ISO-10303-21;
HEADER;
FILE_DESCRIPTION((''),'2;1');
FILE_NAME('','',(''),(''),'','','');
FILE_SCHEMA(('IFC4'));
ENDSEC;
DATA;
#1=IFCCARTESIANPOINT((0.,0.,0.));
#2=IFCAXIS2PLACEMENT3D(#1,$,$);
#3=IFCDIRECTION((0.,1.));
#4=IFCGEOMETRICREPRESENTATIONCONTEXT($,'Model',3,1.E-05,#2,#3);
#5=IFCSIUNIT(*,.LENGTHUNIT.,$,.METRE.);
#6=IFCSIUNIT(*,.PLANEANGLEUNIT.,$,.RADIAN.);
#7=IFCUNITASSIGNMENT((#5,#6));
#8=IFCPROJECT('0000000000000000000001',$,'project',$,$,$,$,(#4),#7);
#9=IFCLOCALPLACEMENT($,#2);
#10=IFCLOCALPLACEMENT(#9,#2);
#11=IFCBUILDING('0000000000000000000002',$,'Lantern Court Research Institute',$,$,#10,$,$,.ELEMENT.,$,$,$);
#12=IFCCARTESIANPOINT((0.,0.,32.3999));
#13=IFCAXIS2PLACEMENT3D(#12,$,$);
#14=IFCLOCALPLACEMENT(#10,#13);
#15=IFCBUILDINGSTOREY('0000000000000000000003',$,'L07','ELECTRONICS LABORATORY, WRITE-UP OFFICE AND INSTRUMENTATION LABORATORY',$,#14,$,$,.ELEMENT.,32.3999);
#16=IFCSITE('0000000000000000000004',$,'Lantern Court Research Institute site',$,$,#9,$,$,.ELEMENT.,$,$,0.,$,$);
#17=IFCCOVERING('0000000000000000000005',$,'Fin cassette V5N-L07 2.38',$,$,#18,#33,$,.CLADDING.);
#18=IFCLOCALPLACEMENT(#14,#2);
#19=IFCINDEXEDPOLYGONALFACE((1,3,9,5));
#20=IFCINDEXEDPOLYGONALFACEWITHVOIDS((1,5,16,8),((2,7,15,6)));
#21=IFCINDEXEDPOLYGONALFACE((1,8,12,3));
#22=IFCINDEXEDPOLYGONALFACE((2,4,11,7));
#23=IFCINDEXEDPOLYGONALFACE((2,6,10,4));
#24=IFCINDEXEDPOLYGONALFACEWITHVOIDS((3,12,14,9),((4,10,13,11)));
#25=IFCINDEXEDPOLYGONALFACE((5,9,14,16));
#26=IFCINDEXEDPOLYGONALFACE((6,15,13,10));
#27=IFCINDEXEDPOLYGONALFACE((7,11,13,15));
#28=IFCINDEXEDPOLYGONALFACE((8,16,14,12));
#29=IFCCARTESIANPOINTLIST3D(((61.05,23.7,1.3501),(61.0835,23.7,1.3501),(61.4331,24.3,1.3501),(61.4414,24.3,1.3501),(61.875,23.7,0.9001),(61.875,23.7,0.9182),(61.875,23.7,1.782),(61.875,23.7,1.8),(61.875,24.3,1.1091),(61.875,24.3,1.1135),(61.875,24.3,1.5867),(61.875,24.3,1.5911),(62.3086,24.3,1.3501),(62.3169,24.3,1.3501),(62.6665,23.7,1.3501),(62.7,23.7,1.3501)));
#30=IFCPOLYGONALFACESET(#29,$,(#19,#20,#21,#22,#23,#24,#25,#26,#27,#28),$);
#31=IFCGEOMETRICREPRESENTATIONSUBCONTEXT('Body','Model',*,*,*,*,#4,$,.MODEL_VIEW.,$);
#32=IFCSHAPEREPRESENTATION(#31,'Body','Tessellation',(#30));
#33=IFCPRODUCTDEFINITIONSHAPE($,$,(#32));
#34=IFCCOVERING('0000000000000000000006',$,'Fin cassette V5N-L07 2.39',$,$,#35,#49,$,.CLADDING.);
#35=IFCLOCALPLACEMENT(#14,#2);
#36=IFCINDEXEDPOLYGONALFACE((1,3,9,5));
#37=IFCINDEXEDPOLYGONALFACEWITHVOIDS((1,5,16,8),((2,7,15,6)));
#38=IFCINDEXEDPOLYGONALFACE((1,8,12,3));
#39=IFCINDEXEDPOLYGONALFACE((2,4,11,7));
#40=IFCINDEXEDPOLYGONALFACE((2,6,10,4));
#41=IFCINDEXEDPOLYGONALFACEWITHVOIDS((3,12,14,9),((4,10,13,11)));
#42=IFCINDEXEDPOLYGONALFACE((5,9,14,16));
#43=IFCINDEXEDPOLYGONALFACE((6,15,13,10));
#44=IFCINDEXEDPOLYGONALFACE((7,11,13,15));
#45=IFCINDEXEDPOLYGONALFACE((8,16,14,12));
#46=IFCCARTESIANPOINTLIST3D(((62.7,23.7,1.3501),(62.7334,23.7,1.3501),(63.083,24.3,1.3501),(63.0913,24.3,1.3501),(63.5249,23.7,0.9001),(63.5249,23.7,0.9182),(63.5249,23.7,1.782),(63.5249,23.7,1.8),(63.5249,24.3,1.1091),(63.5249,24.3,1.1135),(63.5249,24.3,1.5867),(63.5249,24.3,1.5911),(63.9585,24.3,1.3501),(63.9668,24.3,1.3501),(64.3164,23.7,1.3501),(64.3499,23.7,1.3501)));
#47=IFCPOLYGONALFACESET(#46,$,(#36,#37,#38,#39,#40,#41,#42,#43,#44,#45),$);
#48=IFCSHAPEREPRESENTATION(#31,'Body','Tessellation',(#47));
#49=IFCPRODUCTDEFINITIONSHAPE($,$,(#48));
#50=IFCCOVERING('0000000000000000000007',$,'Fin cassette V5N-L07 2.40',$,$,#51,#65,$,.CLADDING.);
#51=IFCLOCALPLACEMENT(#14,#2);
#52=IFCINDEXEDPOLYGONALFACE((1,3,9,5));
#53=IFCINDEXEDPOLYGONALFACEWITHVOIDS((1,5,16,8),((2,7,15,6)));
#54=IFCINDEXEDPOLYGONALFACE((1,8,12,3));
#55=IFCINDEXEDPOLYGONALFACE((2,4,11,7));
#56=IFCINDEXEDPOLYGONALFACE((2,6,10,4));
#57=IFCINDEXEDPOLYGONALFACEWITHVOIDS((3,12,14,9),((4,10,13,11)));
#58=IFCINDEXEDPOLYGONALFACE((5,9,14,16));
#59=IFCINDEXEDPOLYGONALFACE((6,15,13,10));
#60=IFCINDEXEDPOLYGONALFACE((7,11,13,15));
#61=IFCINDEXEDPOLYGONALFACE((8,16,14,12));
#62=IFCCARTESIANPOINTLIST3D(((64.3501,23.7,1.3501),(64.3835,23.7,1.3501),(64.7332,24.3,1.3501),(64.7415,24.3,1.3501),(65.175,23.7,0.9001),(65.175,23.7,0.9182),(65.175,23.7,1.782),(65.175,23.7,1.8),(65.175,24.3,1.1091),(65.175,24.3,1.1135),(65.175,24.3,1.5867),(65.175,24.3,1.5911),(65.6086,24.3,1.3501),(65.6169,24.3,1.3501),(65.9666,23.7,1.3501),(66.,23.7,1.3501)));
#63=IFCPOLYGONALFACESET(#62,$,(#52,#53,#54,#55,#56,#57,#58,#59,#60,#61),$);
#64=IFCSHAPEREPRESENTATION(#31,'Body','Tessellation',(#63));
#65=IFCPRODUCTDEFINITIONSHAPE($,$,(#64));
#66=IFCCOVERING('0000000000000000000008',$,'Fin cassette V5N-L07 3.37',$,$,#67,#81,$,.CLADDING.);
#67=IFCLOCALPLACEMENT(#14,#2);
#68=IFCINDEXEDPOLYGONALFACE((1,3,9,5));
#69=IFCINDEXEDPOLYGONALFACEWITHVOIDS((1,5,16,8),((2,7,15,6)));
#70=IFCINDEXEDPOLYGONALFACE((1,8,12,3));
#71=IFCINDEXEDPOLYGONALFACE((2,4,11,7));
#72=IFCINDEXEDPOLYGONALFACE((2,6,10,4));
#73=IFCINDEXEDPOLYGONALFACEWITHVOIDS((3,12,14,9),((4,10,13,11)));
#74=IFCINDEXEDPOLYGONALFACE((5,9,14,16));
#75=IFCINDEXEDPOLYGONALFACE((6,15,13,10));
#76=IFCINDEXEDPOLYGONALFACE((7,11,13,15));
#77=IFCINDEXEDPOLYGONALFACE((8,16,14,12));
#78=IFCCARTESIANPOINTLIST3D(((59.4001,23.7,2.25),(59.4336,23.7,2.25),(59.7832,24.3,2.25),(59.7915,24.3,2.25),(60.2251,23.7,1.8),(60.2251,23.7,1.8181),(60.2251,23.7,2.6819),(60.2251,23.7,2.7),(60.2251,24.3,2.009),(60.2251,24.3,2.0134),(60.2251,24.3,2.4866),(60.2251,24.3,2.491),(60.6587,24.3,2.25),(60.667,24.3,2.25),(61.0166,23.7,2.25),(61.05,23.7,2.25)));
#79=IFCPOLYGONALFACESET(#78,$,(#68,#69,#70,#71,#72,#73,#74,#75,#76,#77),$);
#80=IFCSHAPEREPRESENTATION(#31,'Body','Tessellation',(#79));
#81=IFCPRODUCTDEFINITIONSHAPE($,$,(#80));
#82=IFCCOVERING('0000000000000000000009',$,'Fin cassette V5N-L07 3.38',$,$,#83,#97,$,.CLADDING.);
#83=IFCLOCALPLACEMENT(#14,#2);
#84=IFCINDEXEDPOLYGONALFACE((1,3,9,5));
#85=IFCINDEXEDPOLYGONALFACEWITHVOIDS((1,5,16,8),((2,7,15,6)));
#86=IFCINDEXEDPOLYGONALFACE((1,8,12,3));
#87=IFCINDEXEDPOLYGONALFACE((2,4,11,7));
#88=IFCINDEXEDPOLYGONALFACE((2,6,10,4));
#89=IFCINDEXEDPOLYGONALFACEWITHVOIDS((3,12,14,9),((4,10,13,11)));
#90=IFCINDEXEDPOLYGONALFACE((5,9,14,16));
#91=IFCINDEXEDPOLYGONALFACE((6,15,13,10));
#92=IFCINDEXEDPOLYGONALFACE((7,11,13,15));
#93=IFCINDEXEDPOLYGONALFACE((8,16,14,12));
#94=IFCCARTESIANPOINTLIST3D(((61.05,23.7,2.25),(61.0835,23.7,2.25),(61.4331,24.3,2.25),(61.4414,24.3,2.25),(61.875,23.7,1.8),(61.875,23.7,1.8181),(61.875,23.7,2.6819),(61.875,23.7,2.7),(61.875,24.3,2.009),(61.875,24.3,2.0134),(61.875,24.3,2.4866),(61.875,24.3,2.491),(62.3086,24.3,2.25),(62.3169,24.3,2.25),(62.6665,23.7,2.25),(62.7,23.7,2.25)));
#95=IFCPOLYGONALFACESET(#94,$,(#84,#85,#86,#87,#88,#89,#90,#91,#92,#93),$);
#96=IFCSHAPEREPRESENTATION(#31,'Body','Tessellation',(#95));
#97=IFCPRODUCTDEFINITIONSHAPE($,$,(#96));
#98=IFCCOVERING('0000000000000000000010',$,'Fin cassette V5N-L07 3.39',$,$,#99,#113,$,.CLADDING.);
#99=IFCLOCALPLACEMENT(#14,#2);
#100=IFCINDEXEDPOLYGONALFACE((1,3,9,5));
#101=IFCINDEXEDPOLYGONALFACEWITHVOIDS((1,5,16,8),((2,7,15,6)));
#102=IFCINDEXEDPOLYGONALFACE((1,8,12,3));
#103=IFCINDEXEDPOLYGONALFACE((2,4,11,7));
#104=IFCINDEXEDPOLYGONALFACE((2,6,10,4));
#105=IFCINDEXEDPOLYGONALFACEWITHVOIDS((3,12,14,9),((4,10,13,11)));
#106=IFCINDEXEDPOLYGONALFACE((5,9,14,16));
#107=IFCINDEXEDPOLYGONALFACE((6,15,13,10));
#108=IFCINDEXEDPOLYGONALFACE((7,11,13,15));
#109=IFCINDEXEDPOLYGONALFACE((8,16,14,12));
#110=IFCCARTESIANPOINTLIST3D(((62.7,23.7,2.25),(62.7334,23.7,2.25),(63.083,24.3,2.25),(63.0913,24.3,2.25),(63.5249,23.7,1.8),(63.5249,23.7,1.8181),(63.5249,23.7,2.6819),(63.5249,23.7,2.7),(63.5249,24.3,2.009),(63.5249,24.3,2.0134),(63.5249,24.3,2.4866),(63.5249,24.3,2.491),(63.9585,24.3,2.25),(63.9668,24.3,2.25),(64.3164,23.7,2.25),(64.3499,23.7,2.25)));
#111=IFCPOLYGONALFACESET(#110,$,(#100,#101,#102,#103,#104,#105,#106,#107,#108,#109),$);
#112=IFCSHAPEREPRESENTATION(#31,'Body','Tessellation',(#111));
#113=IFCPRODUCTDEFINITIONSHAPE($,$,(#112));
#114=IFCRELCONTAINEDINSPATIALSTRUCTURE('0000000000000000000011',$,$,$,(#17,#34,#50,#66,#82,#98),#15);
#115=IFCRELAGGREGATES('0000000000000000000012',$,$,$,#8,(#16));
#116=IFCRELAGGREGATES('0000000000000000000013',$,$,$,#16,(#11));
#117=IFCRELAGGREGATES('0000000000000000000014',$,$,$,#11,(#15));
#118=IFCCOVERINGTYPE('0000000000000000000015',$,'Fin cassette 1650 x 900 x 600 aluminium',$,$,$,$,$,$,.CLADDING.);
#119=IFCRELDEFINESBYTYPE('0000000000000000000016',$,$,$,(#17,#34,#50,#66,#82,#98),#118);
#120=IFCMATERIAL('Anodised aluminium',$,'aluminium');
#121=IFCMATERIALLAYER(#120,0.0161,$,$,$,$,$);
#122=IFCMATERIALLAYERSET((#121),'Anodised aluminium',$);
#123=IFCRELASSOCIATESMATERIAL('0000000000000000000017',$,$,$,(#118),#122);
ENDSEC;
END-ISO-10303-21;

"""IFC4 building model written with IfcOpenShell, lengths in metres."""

from ifc_helpers import new_model, entity, si_unit, direction, frame, origin, place, context, subcontext, project, spatial, material, layer, layer_set, type_object, element, save


model = new_model("IFC4")

# Units and contexts
model_context = context("Model", 3, precision=1e-05, world=origin(), true_north=direction((0.0, 1.0)))
body_context = subcontext(model_context, "Body", "Model", "MODEL_VIEW")
ifc_project = project(units=[si_unit("LENGTHUNIT", "METRE"), si_unit("PLANEANGLEUNIT", "RADIAN")], contexts=[model_context])

# Site, building, storey
site_placement = place(None, origin())
site = spatial("IfcSite", under=ifc_project, at=site_placement, Name="Lantern Court Research Institute site", CompositionType="ELEMENT", RefElevation=0.0)
building_placement = place(site_placement, origin())
building = spatial("IfcBuilding", under=site, at=building_placement, Name="Lantern Court Research Institute", CompositionType="ELEMENT")
storey_placement = place(building_placement, frame((0.0, 0.0, 32.3999)))
storey = spatial("IfcBuildingStorey", under=building, at=storey_placement, Name="L07", Description="ELECTRONICS LABORATORY, WRITE-UP OFFICE AND INSTRUMENTATION LABORATORY", CompositionType="ELEMENT", Elevation=32.3999)

# Coverings
ifc_material_1 = material(Name="Anodised aluminium", Category="aluminium")
ifc_layer_1 = layer(ifc_material_1, 0.0161)
ifc_layer_set_1 = layer_set([ifc_layer_1], Name="Anodised aluminium")
covering_type = type_object("IfcCoveringType", Name="Fin cassette 1650 x 900 x 600 aluminium", PredefinedType="CLADDING", material=ifc_layer_set_1)
covering_1_placement = place(storey_placement, frame((61.875, 23.7, 1.3501), z_axis=(0.0, 1.0, 0.0), x_axis=(-1.0, 0.0, 0.0)))
cartesian_point_1 = entity("IfcCartesianPoint", [0.825, 0.0])
cartesian_point_2 = entity("IfcCartesianPoint", [0.7915, 0.0])
cartesian_point_3 = entity("IfcCartesianPoint", [0.4419, 0.0])
cartesian_point_4 = entity("IfcCartesianPoint", [0.4336, 0.0])
element("IfcCovering", 1, at=covering_1_placement, inside=storey, type_object=covering_type, Name="Fin cassette V5N-L07 2.38", PredefinedType="CLADDING", context=body_context, shape_type="SweptSolid", body=[
    entity("IfcExtrudedAreaSolidTapered", entity("IfcArbitraryProfileDefWithVoids", "AREA", None, entity("IfcPolyline", [cartesian_point_1, entity("IfcCartesianPoint", [0.0, 0.45]), entity("IfcCartesianPoint", [-0.825, 0.0]), entity("IfcCartesianPoint", [0.0, -0.45]), cartesian_point_1]), [entity("IfcPolyline", [cartesian_point_2, entity("IfcCartesianPoint", [0.0, 0.4319]), entity("IfcCartesianPoint", [-0.7915, 0.0]), entity("IfcCartesianPoint", [0.0, -0.4319]), cartesian_point_2])]), entity("IfcAxis2Placement3D", entity("IfcCartesianPoint", [0.0, 0.0, 0.0])), entity("IfcDirection", [0.0, 0.0, 1.0]), 0.6001, entity("IfcArbitraryProfileDefWithVoids", "AREA", None, entity("IfcPolyline", [cartesian_point_3, entity("IfcCartesianPoint", [0.0, 0.241]), entity("IfcCartesianPoint", [-0.4419, 0.0]), entity("IfcCartesianPoint", [0.0, -0.241]), cartesian_point_3]), [entity("IfcPolyline", [cartesian_point_4, entity("IfcCartesianPoint", [0.0, 0.2366]), entity("IfcCartesianPoint", [-0.4336, 0.0]), entity("IfcCartesianPoint", [0.0, -0.2366]), cartesian_point_4])])),
])
covering_2_placement = place(storey_placement, frame((63.5249, 23.7, 1.3501), z_axis=(0.0, 1.0, 0.0), x_axis=(-1.0, 0.0, 0.0)))
cartesian_point_5 = entity("IfcCartesianPoint", [0.825, 0.0])
cartesian_point_6 = entity("IfcCartesianPoint", [0.7915, 0.0])
cartesian_point_7 = entity("IfcCartesianPoint", [0.4419, 0.0])
cartesian_point_8 = entity("IfcCartesianPoint", [0.4336, 0.0])
element("IfcCovering", 2, at=covering_2_placement, inside=storey, type_object=covering_type, Name="Fin cassette V5N-L07 2.39", PredefinedType="CLADDING", context=body_context, shape_type="SweptSolid", body=[
    entity("IfcExtrudedAreaSolidTapered", entity("IfcArbitraryProfileDefWithVoids", "AREA", None, entity("IfcPolyline", [cartesian_point_5, entity("IfcCartesianPoint", [0.0, 0.45]), entity("IfcCartesianPoint", [-0.825, 0.0]), entity("IfcCartesianPoint", [0.0, -0.45]), cartesian_point_5]), [entity("IfcPolyline", [cartesian_point_6, entity("IfcCartesianPoint", [0.0, 0.4319]), entity("IfcCartesianPoint", [-0.7915, 0.0]), entity("IfcCartesianPoint", [0.0, -0.4319]), cartesian_point_6])]), entity("IfcAxis2Placement3D", entity("IfcCartesianPoint", [0.0, 0.0, 0.0])), entity("IfcDirection", [0.0, 0.0, 1.0]), 0.6001, entity("IfcArbitraryProfileDefWithVoids", "AREA", None, entity("IfcPolyline", [cartesian_point_7, entity("IfcCartesianPoint", [0.0, 0.241]), entity("IfcCartesianPoint", [-0.4419, 0.0]), entity("IfcCartesianPoint", [0.0, -0.241]), cartesian_point_7]), [entity("IfcPolyline", [cartesian_point_8, entity("IfcCartesianPoint", [0.0, 0.2366]), entity("IfcCartesianPoint", [-0.4336, 0.0]), entity("IfcCartesianPoint", [0.0, -0.2366]), cartesian_point_8])])),
])
covering_3_placement = place(storey_placement, frame((65.175, 23.7, 1.3501), z_axis=(0.0, 1.0, 0.0), x_axis=(-1.0, 0.0, 0.0)))
cartesian_point_9 = entity("IfcCartesianPoint", [0.825, 0.0])
cartesian_point_10 = entity("IfcCartesianPoint", [0.7915, 0.0])
cartesian_point_11 = entity("IfcCartesianPoint", [0.4419, 0.0])
cartesian_point_12 = entity("IfcCartesianPoint", [0.4336, 0.0])
element("IfcCovering", 3, at=covering_3_placement, inside=storey, type_object=covering_type, Name="Fin cassette V5N-L07 2.40", PredefinedType="CLADDING", context=body_context, shape_type="SweptSolid", body=[
    entity("IfcExtrudedAreaSolidTapered", entity("IfcArbitraryProfileDefWithVoids", "AREA", None, entity("IfcPolyline", [cartesian_point_9, entity("IfcCartesianPoint", [0.0, 0.45]), entity("IfcCartesianPoint", [-0.825, 0.0]), entity("IfcCartesianPoint", [0.0, -0.45]), cartesian_point_9]), [entity("IfcPolyline", [cartesian_point_10, entity("IfcCartesianPoint", [0.0, 0.4319]), entity("IfcCartesianPoint", [-0.7915, 0.0]), entity("IfcCartesianPoint", [0.0, -0.4319]), cartesian_point_10])]), entity("IfcAxis2Placement3D", entity("IfcCartesianPoint", [0.0, 0.0, 0.0])), entity("IfcDirection", [0.0, 0.0, 1.0]), 0.6001, entity("IfcArbitraryProfileDefWithVoids", "AREA", None, entity("IfcPolyline", [cartesian_point_11, entity("IfcCartesianPoint", [0.0, 0.241]), entity("IfcCartesianPoint", [-0.4419, 0.0]), entity("IfcCartesianPoint", [0.0, -0.241]), cartesian_point_11]), [entity("IfcPolyline", [cartesian_point_12, entity("IfcCartesianPoint", [0.0, 0.2366]), entity("IfcCartesianPoint", [-0.4336, 0.0]), entity("IfcCartesianPoint", [0.0, -0.2366]), cartesian_point_12])])),
])
covering_4_placement = place(storey_placement, frame((60.2251, 23.7, 2.25), z_axis=(0.0, 1.0, 0.0), x_axis=(-1.0, 0.0, 0.0)))
cartesian_point_13 = entity("IfcCartesianPoint", [0.825, 0.0])
cartesian_point_14 = entity("IfcCartesianPoint", [0.7915, 0.0])
cartesian_point_15 = entity("IfcCartesianPoint", [0.4419, 0.0])
cartesian_point_16 = entity("IfcCartesianPoint", [0.4336, 0.0])
element("IfcCovering", 4, at=covering_4_placement, inside=storey, type_object=covering_type, Name="Fin cassette V5N-L07 3.37", PredefinedType="CLADDING", context=body_context, shape_type="SweptSolid", body=[
    entity("IfcExtrudedAreaSolidTapered", entity("IfcArbitraryProfileDefWithVoids", "AREA", None, entity("IfcPolyline", [cartesian_point_13, entity("IfcCartesianPoint", [0.0, 0.45]), entity("IfcCartesianPoint", [-0.825, 0.0]), entity("IfcCartesianPoint", [0.0, -0.45]), cartesian_point_13]), [entity("IfcPolyline", [cartesian_point_14, entity("IfcCartesianPoint", [0.0, 0.4319]), entity("IfcCartesianPoint", [-0.7915, 0.0]), entity("IfcCartesianPoint", [0.0, -0.4319]), cartesian_point_14])]), entity("IfcAxis2Placement3D", entity("IfcCartesianPoint", [0.0, 0.0, 0.0])), entity("IfcDirection", [0.0, 0.0, 1.0]), 0.6001, entity("IfcArbitraryProfileDefWithVoids", "AREA", None, entity("IfcPolyline", [cartesian_point_15, entity("IfcCartesianPoint", [0.0, 0.241]), entity("IfcCartesianPoint", [-0.4419, 0.0]), entity("IfcCartesianPoint", [0.0, -0.241]), cartesian_point_15]), [entity("IfcPolyline", [cartesian_point_16, entity("IfcCartesianPoint", [0.0, 0.2366]), entity("IfcCartesianPoint", [-0.4336, 0.0]), entity("IfcCartesianPoint", [0.0, -0.2366]), cartesian_point_16])])),
])
covering_5_placement = place(storey_placement, frame((61.875, 23.7, 2.25), z_axis=(0.0, 1.0, 0.0), x_axis=(-1.0, 0.0, 0.0)))
cartesian_point_17 = entity("IfcCartesianPoint", [0.825, 0.0])
cartesian_point_18 = entity("IfcCartesianPoint", [0.7915, 0.0])
cartesian_point_19 = entity("IfcCartesianPoint", [0.4419, 0.0])
cartesian_point_20 = entity("IfcCartesianPoint", [0.4336, 0.0])
element("IfcCovering", 5, at=covering_5_placement, inside=storey, type_object=covering_type, Name="Fin cassette V5N-L07 3.38", PredefinedType="CLADDING", context=body_context, shape_type="SweptSolid", body=[
    entity("IfcExtrudedAreaSolidTapered", entity("IfcArbitraryProfileDefWithVoids", "AREA", None, entity("IfcPolyline", [cartesian_point_17, entity("IfcCartesianPoint", [0.0, 0.45]), entity("IfcCartesianPoint", [-0.825, 0.0]), entity("IfcCartesianPoint", [0.0, -0.45]), cartesian_point_17]), [entity("IfcPolyline", [cartesian_point_18, entity("IfcCartesianPoint", [0.0, 0.4319]), entity("IfcCartesianPoint", [-0.7915, 0.0]), entity("IfcCartesianPoint", [0.0, -0.4319]), cartesian_point_18])]), entity("IfcAxis2Placement3D", entity("IfcCartesianPoint", [0.0, 0.0, 0.0])), entity("IfcDirection", [0.0, 0.0, 1.0]), 0.6001, entity("IfcArbitraryProfileDefWithVoids", "AREA", None, entity("IfcPolyline", [cartesian_point_19, entity("IfcCartesianPoint", [0.0, 0.241]), entity("IfcCartesianPoint", [-0.4419, 0.0]), entity("IfcCartesianPoint", [0.0, -0.241]), cartesian_point_19]), [entity("IfcPolyline", [cartesian_point_20, entity("IfcCartesianPoint", [0.0, 0.2366]), entity("IfcCartesianPoint", [-0.4336, 0.0]), entity("IfcCartesianPoint", [0.0, -0.2366]), cartesian_point_20])])),
])
covering_6_placement = place(storey_placement, frame((63.5249, 23.7, 2.25), z_axis=(0.0, 1.0, 0.0), x_axis=(-1.0, 0.0, 0.0)))
cartesian_point_21 = entity("IfcCartesianPoint", [0.825, 0.0])
cartesian_point_22 = entity("IfcCartesianPoint", [0.7915, 0.0])
cartesian_point_23 = entity("IfcCartesianPoint", [0.4419, 0.0])
cartesian_point_24 = entity("IfcCartesianPoint", [0.4336, 0.0])
element("IfcCovering", 6, at=covering_6_placement, inside=storey, type_object=covering_type, Name="Fin cassette V5N-L07 3.39", PredefinedType="CLADDING", context=body_context, shape_type="SweptSolid", body=[
    entity("IfcExtrudedAreaSolidTapered", entity("IfcArbitraryProfileDefWithVoids", "AREA", None, entity("IfcPolyline", [cartesian_point_21, entity("IfcCartesianPoint", [0.0, 0.45]), entity("IfcCartesianPoint", [-0.825, 0.0]), entity("IfcCartesianPoint", [0.0, -0.45]), cartesian_point_21]), [entity("IfcPolyline", [cartesian_point_22, entity("IfcCartesianPoint", [0.0, 0.4319]), entity("IfcCartesianPoint", [-0.7915, 0.0]), entity("IfcCartesianPoint", [0.0, -0.4319]), cartesian_point_22])]), entity("IfcAxis2Placement3D", entity("IfcCartesianPoint", [0.0, 0.0, 0.0])), entity("IfcDirection", [0.0, 0.0, 1.0]), 0.6001, entity("IfcArbitraryProfileDefWithVoids", "AREA", None, entity("IfcPolyline", [cartesian_point_23, entity("IfcCartesianPoint", [0.0, 0.241]), entity("IfcCartesianPoint", [-0.4419, 0.0]), entity("IfcCartesianPoint", [0.0, -0.241]), cartesian_point_23]), [entity("IfcPolyline", [cartesian_point_24, entity("IfcCartesianPoint", [0.0, 0.2366]), entity("IfcCartesianPoint", [-0.4336, 0.0]), entity("IfcCartesianPoint", [0.0, -0.2366]), cartesian_point_24])])),
])

save(model, "model.ifc")
